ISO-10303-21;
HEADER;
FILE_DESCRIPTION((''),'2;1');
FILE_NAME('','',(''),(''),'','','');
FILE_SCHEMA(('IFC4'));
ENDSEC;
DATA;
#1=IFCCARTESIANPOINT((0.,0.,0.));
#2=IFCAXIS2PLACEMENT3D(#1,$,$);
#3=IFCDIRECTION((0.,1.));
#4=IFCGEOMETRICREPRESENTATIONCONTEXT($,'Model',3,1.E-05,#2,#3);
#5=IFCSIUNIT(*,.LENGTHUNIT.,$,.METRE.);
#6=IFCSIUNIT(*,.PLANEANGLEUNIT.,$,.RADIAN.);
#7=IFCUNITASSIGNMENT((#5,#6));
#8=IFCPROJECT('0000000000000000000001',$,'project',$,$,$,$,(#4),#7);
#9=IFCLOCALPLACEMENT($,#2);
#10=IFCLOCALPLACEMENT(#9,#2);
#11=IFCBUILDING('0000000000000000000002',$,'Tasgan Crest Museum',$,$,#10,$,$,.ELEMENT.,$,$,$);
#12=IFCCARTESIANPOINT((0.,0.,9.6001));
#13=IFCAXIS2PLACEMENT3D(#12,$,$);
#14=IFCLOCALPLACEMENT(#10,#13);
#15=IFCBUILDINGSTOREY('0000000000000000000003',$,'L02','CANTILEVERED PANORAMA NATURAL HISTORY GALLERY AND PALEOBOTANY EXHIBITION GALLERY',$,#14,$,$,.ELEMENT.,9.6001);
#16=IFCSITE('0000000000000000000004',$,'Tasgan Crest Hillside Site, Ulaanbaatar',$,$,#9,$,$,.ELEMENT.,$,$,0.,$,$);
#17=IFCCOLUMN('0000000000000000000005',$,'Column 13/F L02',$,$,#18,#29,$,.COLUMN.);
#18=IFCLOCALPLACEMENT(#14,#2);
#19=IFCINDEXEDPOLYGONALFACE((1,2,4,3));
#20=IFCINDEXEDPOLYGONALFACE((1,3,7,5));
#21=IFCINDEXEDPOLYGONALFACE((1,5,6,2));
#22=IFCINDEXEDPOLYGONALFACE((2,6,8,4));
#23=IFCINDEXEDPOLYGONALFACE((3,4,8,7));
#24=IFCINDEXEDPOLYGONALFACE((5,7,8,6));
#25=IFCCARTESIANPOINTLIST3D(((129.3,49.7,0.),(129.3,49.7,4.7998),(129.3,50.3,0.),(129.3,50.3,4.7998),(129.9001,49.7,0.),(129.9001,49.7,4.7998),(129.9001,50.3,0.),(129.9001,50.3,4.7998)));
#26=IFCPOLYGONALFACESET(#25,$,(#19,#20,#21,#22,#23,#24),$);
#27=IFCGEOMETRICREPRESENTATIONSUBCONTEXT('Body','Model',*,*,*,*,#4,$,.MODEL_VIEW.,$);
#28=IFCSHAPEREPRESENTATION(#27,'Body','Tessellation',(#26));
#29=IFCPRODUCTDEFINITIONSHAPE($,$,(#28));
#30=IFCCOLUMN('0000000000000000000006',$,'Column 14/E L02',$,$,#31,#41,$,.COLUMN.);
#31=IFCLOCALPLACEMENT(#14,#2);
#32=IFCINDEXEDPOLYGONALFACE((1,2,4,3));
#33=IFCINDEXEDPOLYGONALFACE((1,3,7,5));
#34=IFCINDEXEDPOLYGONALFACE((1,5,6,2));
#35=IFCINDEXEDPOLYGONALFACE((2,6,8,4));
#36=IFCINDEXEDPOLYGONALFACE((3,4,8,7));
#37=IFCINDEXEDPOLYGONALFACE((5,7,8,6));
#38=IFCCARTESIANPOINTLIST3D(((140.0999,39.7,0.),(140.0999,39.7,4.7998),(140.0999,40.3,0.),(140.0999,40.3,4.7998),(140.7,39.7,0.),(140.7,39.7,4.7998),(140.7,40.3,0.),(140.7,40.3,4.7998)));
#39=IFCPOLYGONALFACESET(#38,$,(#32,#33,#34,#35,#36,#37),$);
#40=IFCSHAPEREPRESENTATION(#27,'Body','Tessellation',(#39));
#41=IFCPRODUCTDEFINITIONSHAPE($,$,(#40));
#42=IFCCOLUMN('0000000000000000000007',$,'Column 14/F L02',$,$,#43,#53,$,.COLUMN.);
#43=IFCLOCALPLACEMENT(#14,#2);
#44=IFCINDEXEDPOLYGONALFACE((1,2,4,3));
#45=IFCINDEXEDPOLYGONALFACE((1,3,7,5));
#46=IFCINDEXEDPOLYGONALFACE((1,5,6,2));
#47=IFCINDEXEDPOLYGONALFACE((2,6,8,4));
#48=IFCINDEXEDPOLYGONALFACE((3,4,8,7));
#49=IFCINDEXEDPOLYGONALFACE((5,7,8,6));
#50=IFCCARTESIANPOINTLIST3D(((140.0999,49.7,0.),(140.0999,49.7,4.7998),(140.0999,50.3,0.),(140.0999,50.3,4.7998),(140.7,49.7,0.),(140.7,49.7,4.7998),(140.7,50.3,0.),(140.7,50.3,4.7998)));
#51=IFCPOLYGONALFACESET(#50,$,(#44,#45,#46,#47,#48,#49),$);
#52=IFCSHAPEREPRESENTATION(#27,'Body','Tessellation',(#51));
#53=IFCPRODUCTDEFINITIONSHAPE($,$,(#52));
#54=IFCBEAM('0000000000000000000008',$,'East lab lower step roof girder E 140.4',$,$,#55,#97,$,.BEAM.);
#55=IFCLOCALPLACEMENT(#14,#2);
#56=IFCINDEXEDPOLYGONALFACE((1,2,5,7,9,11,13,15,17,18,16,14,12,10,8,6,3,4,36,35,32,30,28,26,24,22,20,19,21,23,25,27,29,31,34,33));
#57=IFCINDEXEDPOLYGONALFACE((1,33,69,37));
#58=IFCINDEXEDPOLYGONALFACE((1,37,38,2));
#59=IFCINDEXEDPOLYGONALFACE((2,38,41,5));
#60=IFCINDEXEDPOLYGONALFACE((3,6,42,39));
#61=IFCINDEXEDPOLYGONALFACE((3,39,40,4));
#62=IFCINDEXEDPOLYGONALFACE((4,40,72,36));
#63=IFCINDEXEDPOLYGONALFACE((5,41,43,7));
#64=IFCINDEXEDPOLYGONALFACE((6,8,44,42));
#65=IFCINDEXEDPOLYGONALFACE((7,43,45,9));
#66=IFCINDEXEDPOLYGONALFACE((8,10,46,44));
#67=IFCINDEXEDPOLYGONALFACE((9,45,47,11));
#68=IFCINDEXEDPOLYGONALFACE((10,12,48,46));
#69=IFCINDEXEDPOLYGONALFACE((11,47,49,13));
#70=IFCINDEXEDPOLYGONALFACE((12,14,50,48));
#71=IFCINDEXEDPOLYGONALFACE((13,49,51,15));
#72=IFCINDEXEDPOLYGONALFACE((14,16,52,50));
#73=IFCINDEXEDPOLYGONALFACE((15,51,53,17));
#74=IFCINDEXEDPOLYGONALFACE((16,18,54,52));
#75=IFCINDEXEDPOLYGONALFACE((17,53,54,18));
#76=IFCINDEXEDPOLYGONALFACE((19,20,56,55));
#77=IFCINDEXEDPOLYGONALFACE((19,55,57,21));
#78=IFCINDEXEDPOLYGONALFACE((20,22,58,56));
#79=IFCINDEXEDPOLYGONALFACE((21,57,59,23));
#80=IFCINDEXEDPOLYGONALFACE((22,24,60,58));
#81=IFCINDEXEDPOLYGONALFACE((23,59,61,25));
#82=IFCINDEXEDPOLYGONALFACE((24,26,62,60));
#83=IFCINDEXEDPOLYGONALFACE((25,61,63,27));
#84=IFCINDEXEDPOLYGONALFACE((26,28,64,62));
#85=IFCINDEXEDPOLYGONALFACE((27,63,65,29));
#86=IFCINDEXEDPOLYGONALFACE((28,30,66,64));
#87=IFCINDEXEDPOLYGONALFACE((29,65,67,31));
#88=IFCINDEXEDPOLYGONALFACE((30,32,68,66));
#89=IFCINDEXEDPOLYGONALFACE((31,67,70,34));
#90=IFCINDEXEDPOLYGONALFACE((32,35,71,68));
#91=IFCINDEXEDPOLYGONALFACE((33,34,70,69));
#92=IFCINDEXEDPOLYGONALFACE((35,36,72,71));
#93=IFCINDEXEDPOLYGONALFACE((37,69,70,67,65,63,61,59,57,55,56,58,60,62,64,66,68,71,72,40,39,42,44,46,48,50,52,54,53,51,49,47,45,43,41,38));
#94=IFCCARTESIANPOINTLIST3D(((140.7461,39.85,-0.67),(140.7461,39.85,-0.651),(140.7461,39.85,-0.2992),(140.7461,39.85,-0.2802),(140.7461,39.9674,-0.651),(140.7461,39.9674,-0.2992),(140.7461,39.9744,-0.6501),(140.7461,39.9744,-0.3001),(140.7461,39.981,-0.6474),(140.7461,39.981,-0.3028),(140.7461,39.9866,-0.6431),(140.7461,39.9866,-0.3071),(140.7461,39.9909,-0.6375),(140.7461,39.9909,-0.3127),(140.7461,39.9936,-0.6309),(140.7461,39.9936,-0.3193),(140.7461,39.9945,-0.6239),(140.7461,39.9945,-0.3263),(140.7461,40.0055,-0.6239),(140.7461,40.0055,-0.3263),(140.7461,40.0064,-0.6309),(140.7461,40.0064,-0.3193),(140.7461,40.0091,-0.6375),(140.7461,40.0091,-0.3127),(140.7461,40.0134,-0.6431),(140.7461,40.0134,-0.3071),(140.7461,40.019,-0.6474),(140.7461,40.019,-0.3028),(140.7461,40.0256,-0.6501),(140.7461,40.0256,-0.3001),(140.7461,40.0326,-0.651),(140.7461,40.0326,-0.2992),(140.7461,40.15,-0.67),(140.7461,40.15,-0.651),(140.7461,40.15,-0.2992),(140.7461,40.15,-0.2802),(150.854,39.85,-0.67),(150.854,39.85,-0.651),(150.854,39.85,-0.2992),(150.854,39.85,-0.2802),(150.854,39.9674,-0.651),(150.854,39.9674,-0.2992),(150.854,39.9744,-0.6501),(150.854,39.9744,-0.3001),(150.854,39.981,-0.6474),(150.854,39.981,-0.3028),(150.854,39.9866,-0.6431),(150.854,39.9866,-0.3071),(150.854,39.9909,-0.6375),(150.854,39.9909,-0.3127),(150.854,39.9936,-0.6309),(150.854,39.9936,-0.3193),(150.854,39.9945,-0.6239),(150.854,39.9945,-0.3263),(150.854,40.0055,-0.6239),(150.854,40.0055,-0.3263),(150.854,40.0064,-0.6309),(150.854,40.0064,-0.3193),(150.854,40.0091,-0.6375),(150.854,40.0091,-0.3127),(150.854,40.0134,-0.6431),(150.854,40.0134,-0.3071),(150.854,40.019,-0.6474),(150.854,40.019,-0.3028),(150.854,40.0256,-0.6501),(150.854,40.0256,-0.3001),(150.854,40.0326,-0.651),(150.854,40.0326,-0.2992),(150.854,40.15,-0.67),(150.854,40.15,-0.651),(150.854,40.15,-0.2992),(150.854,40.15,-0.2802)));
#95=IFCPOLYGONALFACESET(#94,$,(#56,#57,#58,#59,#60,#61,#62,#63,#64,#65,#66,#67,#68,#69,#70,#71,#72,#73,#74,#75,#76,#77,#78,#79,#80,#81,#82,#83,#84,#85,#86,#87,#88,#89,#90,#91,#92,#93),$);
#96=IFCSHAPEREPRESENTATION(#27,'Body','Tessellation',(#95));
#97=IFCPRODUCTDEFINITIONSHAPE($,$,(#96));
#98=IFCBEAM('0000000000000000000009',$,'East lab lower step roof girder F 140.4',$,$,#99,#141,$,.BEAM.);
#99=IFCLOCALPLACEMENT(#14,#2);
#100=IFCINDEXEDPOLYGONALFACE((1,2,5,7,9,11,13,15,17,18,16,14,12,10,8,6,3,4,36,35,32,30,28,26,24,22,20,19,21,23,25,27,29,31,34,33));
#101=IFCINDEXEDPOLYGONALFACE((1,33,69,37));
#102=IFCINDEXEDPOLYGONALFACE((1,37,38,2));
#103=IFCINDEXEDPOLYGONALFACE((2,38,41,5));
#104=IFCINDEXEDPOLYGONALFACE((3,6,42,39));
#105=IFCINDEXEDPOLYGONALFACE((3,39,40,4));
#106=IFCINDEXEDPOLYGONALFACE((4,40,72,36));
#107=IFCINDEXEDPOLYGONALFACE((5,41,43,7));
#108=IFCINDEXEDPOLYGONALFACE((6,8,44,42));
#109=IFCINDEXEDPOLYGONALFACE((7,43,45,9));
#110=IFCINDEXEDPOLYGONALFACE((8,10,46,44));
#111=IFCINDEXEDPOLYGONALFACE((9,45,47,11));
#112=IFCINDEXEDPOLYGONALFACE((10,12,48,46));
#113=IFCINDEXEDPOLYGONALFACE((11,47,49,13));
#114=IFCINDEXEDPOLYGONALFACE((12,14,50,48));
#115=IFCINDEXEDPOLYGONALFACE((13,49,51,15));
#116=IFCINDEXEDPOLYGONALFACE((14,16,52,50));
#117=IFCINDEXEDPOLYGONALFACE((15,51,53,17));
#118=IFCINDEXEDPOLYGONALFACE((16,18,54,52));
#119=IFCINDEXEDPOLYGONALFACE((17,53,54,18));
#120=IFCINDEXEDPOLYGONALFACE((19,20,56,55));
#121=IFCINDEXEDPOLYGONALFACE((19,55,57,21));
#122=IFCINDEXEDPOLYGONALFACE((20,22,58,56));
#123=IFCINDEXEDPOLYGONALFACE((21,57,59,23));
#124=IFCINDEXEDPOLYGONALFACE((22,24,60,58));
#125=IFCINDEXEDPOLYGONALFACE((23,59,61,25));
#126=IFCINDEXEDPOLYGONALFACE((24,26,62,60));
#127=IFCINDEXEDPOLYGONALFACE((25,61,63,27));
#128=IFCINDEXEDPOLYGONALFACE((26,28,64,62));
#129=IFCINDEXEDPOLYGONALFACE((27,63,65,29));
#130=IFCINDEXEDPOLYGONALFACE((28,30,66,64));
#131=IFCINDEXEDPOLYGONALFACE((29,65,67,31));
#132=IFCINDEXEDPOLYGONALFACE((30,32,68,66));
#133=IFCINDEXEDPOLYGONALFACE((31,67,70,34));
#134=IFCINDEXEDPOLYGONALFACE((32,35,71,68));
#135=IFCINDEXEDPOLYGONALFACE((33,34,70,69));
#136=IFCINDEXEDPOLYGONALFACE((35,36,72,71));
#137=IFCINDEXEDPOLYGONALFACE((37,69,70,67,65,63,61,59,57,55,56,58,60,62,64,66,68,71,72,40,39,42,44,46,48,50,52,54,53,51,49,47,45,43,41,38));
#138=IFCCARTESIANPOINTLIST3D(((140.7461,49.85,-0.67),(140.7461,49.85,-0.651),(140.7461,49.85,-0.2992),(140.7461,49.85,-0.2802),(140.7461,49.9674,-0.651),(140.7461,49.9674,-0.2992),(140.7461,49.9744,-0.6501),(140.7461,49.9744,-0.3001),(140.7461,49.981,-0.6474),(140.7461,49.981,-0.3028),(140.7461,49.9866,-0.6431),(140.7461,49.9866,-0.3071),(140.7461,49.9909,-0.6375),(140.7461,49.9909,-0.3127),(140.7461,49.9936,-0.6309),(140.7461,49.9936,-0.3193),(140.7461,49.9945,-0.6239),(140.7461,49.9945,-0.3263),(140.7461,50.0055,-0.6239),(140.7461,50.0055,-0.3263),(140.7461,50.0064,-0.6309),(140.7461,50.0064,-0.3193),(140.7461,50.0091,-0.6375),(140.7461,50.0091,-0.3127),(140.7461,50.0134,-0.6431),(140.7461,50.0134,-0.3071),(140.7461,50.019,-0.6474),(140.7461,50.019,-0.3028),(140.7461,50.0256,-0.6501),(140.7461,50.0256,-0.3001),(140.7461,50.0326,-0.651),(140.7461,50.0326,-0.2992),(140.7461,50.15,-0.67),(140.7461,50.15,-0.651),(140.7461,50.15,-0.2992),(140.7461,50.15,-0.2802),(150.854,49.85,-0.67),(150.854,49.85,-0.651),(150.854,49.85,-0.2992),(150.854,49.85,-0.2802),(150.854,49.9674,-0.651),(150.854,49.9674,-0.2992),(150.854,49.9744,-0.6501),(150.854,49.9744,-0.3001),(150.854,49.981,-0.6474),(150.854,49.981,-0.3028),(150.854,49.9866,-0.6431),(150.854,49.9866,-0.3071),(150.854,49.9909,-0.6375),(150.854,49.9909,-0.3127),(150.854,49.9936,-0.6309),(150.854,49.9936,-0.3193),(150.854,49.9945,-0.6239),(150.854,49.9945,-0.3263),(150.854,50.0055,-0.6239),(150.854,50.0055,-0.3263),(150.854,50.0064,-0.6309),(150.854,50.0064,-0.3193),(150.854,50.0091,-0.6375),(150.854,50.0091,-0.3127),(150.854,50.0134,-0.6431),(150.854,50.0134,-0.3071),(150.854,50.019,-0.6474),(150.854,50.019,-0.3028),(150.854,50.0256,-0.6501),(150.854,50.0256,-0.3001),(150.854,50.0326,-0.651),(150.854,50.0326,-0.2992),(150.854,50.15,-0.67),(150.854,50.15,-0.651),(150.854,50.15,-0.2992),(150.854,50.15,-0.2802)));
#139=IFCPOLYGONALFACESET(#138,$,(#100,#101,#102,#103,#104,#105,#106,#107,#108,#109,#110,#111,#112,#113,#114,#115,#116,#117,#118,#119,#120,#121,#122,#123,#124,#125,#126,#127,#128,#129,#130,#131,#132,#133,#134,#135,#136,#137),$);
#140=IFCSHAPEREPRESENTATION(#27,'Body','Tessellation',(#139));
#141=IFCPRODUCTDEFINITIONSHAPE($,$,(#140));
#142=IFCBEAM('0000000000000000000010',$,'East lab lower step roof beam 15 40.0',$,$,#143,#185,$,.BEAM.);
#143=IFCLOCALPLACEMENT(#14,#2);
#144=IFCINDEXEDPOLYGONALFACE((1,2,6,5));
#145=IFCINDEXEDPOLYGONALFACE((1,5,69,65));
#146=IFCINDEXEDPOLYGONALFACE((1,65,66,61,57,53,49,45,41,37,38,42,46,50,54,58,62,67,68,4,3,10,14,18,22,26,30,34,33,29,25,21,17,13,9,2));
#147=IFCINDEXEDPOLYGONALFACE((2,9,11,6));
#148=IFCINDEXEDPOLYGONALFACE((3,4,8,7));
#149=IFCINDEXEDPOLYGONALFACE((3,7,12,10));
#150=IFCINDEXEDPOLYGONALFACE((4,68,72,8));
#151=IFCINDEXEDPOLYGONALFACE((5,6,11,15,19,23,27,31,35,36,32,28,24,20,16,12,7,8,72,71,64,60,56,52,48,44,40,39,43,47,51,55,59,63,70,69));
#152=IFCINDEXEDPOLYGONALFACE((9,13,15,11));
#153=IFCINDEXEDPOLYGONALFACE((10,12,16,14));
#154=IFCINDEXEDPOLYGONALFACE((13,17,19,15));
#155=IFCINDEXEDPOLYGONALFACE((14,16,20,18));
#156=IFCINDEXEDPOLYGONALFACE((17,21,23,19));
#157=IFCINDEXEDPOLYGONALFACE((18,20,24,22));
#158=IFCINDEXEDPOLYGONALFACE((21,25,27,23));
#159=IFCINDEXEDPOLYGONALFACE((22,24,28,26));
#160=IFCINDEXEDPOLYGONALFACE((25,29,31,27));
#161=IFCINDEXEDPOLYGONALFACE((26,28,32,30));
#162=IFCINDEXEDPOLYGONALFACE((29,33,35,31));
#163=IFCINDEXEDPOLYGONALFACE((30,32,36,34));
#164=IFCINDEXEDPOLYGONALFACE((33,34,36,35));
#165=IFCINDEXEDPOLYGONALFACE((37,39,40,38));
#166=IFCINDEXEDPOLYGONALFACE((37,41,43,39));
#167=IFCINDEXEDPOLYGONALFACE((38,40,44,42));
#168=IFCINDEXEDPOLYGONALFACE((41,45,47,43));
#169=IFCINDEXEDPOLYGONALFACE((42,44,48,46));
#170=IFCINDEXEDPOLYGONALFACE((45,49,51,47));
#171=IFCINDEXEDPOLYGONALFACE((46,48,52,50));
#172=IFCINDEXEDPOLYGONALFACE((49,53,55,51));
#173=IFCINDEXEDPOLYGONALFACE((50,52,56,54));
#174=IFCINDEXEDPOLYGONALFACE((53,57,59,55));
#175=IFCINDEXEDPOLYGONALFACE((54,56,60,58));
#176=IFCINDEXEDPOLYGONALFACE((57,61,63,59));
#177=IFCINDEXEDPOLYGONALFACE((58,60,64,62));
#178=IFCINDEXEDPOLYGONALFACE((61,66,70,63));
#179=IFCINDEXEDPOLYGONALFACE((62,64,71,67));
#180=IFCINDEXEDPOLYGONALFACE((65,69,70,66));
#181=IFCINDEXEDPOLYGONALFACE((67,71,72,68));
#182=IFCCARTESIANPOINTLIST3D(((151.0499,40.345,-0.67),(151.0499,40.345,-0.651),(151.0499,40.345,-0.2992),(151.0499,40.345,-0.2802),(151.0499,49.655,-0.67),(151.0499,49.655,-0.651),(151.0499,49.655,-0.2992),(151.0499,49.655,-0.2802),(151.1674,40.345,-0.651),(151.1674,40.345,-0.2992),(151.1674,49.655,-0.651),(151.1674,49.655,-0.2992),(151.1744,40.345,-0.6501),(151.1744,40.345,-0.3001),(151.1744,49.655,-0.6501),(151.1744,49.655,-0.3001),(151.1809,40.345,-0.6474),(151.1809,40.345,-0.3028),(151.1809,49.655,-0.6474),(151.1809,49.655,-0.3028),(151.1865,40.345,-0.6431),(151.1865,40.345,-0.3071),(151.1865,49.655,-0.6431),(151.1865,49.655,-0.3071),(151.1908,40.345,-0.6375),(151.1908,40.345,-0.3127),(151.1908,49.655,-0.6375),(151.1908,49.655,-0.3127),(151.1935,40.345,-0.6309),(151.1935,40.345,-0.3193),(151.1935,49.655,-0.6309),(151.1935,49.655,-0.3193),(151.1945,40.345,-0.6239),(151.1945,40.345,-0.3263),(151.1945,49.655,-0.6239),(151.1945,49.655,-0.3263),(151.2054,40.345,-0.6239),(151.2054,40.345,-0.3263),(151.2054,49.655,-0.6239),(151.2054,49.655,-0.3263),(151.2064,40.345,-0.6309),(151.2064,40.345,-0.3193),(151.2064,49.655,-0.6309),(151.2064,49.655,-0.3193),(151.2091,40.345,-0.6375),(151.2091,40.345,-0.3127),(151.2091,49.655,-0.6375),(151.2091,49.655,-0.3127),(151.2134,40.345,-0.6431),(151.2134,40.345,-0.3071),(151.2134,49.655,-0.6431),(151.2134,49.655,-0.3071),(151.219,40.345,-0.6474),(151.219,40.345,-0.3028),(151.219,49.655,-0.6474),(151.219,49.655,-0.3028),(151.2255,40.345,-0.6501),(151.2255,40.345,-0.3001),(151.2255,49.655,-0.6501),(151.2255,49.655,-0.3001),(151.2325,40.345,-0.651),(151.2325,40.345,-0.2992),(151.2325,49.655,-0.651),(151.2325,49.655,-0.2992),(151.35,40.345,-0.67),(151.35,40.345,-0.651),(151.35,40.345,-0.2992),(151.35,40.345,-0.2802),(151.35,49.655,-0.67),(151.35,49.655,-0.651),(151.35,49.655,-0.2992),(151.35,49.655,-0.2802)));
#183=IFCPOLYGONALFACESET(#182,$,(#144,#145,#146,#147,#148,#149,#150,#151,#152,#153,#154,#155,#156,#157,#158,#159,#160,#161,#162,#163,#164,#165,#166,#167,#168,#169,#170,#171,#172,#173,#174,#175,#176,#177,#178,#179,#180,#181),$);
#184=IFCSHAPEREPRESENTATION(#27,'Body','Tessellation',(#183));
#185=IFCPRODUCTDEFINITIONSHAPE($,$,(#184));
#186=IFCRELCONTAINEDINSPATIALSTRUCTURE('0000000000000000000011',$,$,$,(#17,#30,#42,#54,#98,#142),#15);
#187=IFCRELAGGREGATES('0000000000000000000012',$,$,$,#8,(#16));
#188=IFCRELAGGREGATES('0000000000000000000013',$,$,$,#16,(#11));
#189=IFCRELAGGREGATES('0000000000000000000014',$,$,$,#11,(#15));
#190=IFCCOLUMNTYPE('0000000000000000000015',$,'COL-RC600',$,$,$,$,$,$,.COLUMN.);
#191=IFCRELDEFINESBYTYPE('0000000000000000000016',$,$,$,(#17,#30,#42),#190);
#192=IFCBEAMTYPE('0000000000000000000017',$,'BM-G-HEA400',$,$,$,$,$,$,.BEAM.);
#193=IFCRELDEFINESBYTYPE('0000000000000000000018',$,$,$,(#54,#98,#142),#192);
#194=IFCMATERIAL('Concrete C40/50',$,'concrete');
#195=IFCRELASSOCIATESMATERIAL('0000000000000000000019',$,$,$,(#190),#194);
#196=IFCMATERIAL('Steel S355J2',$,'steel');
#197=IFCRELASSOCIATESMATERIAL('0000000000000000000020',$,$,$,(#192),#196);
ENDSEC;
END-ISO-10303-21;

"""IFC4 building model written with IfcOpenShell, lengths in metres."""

from ifc_helpers import new_model, si_unit, direction, frame, origin, origin_2d, place, context, subcontext, project, spatial, rectangle, i_section, extrude, material, material_profile, profile_set, type_object, element, save


model = new_model("IFC4")

# Units and contexts
model_context = context("Model", 3, precision=1e-05, world=origin(), true_north=direction((0.0, 1.0)))
body_context = subcontext(model_context, "Body", "Model", "MODEL_VIEW")
ifc_project = project(units=[si_unit("LENGTHUNIT", "METRE"), si_unit("PLANEANGLEUNIT", "RADIAN")], contexts=[model_context])

# Site, building, storey
site_placement = place(None, origin())
site = spatial("IfcSite", under=ifc_project, at=site_placement, Name="Tasgan Crest Hillside Site, Ulaanbaatar", CompositionType="ELEMENT", RefElevation=0.0)
building_placement = place(site_placement, origin())
building = spatial("IfcBuilding", under=site, at=building_placement, Name="Tasgan Crest Museum", CompositionType="ELEMENT")
storey_placement = place(building_placement, frame((0.0, 0.0, 9.6001)))
storey = spatial("IfcBuildingStorey", under=building, at=storey_placement, Name="L02", Description="CANTILEVERED PANORAMA NATURAL HISTORY GALLERY AND PALEOBOTANY EXHIBITION GALLERY", CompositionType="ELEMENT", Elevation=9.6001)

# Columns
ifc_material_1 = material(Name="Concrete C40/50", Category="concrete")
ifc_material_profile_1 = material_profile(ifc_material_1, rectangle(XDim=0.6001, YDim=0.6001, at=origin_2d()), Name="RC 600x600")
ifc_profile_set_1 = profile_set([ifc_material_profile_1], Name="Concrete C40/50")
column_type = type_object("IfcColumnType", Name="COL-RC600", PredefinedType="COLUMN", material=ifc_profile_set_1)
for number, where, z_axis, x_axis, name in (
    (1, (129.6001, 50.0, 0.0), (0.0, 0.0, 1.0), (1.0, 0.0, 0.0), "Column 13/F L02"),
    (2, (140.3999, 40.0, 0.0), (0.0, 0.0, 1.0), (1.0, 0.0, 0.0), "Column 14/E L02"),
    (3, (140.3999, 50.0, 0.0), (0.0, 0.0, 1.0), (1.0, 0.0, 0.0), "Column 14/F L02"),
):
    element("IfcColumn", number, at=place(storey_placement, frame(where, z_axis=z_axis, x_axis=x_axis)), inside=storey, type_object=column_type, Name=name, PredefinedType="COLUMN", context=body_context, shape_type="SweptSolid", body=[
        extrude(rectangle(XDim=0.6001, YDim=0.6001, at=origin_2d()), origin(), (0.0, 0.0, 1.0), 4.7998),
    ])

# Beams
ifc_material_2 = material(Name="Steel S355J2", Category="steel")
ifc_material_profile_2 = material_profile(ifc_material_2, i_section(OverallWidth=0.3, OverallDepth=0.3899, WebThickness=0.011, FlangeThickness=0.019, FilletRadius=0.0271, at=origin_2d()), Name="HEA 400")
ifc_profile_set_2 = profile_set([ifc_material_profile_2], Name="Steel S355J2")
beam_type_1 = type_object("IfcBeamType", Name="BM-G-HEA400", PredefinedType="BEAM", material=ifc_profile_set_2)
for number, where, z_axis, x_axis, name in (
    (4, (140.7461, 40.0, -0.4751), (1.0, 0.0, 0.0), (0.0, 1.0, 0.0), "East lab lower step roof girder E 140.4"),
    (5, (140.7461, 50.0, -0.4751), (1.0, 0.0, 0.0), (0.0, 1.0, 0.0), "East lab lower step roof girder F 140.4"),
):
    element("IfcBeam", number, at=place(storey_placement, frame(where, z_axis=z_axis, x_axis=x_axis)), inside=storey, type_object=beam_type_1, Name=name, PredefinedType="BEAM", context=body_context, shape_type="SweptSolid", body=[
        extrude(i_section(OverallWidth=0.3, OverallDepth=0.3899, WebThickness=0.011, FlangeThickness=0.019, FilletRadius=0.0271, at=origin_2d()), origin(), (0.0, 0.0, 1.0), 10.1079),
    ])
beam_1_placement = place(storey_placement, frame((151.2, 40.345, -0.4751), z_axis=(0.0, 1.0, 0.0), x_axis=(-1.0, 0.0, 0.0)))
element("IfcBeam", 6, at=beam_1_placement, inside=storey, type_object=beam_type_1, Name="East lab lower step roof beam 15 40.0", PredefinedType="BEAM", context=body_context, shape_type="SweptSolid", body=[
    extrude(i_section(OverallWidth=0.3, OverallDepth=0.3899, WebThickness=0.011, FlangeThickness=0.019, FilletRadius=0.0271, at=origin_2d()), origin(), (0.0, 0.0, 1.0), 9.3101),
])

save(model, "model.ifc")
